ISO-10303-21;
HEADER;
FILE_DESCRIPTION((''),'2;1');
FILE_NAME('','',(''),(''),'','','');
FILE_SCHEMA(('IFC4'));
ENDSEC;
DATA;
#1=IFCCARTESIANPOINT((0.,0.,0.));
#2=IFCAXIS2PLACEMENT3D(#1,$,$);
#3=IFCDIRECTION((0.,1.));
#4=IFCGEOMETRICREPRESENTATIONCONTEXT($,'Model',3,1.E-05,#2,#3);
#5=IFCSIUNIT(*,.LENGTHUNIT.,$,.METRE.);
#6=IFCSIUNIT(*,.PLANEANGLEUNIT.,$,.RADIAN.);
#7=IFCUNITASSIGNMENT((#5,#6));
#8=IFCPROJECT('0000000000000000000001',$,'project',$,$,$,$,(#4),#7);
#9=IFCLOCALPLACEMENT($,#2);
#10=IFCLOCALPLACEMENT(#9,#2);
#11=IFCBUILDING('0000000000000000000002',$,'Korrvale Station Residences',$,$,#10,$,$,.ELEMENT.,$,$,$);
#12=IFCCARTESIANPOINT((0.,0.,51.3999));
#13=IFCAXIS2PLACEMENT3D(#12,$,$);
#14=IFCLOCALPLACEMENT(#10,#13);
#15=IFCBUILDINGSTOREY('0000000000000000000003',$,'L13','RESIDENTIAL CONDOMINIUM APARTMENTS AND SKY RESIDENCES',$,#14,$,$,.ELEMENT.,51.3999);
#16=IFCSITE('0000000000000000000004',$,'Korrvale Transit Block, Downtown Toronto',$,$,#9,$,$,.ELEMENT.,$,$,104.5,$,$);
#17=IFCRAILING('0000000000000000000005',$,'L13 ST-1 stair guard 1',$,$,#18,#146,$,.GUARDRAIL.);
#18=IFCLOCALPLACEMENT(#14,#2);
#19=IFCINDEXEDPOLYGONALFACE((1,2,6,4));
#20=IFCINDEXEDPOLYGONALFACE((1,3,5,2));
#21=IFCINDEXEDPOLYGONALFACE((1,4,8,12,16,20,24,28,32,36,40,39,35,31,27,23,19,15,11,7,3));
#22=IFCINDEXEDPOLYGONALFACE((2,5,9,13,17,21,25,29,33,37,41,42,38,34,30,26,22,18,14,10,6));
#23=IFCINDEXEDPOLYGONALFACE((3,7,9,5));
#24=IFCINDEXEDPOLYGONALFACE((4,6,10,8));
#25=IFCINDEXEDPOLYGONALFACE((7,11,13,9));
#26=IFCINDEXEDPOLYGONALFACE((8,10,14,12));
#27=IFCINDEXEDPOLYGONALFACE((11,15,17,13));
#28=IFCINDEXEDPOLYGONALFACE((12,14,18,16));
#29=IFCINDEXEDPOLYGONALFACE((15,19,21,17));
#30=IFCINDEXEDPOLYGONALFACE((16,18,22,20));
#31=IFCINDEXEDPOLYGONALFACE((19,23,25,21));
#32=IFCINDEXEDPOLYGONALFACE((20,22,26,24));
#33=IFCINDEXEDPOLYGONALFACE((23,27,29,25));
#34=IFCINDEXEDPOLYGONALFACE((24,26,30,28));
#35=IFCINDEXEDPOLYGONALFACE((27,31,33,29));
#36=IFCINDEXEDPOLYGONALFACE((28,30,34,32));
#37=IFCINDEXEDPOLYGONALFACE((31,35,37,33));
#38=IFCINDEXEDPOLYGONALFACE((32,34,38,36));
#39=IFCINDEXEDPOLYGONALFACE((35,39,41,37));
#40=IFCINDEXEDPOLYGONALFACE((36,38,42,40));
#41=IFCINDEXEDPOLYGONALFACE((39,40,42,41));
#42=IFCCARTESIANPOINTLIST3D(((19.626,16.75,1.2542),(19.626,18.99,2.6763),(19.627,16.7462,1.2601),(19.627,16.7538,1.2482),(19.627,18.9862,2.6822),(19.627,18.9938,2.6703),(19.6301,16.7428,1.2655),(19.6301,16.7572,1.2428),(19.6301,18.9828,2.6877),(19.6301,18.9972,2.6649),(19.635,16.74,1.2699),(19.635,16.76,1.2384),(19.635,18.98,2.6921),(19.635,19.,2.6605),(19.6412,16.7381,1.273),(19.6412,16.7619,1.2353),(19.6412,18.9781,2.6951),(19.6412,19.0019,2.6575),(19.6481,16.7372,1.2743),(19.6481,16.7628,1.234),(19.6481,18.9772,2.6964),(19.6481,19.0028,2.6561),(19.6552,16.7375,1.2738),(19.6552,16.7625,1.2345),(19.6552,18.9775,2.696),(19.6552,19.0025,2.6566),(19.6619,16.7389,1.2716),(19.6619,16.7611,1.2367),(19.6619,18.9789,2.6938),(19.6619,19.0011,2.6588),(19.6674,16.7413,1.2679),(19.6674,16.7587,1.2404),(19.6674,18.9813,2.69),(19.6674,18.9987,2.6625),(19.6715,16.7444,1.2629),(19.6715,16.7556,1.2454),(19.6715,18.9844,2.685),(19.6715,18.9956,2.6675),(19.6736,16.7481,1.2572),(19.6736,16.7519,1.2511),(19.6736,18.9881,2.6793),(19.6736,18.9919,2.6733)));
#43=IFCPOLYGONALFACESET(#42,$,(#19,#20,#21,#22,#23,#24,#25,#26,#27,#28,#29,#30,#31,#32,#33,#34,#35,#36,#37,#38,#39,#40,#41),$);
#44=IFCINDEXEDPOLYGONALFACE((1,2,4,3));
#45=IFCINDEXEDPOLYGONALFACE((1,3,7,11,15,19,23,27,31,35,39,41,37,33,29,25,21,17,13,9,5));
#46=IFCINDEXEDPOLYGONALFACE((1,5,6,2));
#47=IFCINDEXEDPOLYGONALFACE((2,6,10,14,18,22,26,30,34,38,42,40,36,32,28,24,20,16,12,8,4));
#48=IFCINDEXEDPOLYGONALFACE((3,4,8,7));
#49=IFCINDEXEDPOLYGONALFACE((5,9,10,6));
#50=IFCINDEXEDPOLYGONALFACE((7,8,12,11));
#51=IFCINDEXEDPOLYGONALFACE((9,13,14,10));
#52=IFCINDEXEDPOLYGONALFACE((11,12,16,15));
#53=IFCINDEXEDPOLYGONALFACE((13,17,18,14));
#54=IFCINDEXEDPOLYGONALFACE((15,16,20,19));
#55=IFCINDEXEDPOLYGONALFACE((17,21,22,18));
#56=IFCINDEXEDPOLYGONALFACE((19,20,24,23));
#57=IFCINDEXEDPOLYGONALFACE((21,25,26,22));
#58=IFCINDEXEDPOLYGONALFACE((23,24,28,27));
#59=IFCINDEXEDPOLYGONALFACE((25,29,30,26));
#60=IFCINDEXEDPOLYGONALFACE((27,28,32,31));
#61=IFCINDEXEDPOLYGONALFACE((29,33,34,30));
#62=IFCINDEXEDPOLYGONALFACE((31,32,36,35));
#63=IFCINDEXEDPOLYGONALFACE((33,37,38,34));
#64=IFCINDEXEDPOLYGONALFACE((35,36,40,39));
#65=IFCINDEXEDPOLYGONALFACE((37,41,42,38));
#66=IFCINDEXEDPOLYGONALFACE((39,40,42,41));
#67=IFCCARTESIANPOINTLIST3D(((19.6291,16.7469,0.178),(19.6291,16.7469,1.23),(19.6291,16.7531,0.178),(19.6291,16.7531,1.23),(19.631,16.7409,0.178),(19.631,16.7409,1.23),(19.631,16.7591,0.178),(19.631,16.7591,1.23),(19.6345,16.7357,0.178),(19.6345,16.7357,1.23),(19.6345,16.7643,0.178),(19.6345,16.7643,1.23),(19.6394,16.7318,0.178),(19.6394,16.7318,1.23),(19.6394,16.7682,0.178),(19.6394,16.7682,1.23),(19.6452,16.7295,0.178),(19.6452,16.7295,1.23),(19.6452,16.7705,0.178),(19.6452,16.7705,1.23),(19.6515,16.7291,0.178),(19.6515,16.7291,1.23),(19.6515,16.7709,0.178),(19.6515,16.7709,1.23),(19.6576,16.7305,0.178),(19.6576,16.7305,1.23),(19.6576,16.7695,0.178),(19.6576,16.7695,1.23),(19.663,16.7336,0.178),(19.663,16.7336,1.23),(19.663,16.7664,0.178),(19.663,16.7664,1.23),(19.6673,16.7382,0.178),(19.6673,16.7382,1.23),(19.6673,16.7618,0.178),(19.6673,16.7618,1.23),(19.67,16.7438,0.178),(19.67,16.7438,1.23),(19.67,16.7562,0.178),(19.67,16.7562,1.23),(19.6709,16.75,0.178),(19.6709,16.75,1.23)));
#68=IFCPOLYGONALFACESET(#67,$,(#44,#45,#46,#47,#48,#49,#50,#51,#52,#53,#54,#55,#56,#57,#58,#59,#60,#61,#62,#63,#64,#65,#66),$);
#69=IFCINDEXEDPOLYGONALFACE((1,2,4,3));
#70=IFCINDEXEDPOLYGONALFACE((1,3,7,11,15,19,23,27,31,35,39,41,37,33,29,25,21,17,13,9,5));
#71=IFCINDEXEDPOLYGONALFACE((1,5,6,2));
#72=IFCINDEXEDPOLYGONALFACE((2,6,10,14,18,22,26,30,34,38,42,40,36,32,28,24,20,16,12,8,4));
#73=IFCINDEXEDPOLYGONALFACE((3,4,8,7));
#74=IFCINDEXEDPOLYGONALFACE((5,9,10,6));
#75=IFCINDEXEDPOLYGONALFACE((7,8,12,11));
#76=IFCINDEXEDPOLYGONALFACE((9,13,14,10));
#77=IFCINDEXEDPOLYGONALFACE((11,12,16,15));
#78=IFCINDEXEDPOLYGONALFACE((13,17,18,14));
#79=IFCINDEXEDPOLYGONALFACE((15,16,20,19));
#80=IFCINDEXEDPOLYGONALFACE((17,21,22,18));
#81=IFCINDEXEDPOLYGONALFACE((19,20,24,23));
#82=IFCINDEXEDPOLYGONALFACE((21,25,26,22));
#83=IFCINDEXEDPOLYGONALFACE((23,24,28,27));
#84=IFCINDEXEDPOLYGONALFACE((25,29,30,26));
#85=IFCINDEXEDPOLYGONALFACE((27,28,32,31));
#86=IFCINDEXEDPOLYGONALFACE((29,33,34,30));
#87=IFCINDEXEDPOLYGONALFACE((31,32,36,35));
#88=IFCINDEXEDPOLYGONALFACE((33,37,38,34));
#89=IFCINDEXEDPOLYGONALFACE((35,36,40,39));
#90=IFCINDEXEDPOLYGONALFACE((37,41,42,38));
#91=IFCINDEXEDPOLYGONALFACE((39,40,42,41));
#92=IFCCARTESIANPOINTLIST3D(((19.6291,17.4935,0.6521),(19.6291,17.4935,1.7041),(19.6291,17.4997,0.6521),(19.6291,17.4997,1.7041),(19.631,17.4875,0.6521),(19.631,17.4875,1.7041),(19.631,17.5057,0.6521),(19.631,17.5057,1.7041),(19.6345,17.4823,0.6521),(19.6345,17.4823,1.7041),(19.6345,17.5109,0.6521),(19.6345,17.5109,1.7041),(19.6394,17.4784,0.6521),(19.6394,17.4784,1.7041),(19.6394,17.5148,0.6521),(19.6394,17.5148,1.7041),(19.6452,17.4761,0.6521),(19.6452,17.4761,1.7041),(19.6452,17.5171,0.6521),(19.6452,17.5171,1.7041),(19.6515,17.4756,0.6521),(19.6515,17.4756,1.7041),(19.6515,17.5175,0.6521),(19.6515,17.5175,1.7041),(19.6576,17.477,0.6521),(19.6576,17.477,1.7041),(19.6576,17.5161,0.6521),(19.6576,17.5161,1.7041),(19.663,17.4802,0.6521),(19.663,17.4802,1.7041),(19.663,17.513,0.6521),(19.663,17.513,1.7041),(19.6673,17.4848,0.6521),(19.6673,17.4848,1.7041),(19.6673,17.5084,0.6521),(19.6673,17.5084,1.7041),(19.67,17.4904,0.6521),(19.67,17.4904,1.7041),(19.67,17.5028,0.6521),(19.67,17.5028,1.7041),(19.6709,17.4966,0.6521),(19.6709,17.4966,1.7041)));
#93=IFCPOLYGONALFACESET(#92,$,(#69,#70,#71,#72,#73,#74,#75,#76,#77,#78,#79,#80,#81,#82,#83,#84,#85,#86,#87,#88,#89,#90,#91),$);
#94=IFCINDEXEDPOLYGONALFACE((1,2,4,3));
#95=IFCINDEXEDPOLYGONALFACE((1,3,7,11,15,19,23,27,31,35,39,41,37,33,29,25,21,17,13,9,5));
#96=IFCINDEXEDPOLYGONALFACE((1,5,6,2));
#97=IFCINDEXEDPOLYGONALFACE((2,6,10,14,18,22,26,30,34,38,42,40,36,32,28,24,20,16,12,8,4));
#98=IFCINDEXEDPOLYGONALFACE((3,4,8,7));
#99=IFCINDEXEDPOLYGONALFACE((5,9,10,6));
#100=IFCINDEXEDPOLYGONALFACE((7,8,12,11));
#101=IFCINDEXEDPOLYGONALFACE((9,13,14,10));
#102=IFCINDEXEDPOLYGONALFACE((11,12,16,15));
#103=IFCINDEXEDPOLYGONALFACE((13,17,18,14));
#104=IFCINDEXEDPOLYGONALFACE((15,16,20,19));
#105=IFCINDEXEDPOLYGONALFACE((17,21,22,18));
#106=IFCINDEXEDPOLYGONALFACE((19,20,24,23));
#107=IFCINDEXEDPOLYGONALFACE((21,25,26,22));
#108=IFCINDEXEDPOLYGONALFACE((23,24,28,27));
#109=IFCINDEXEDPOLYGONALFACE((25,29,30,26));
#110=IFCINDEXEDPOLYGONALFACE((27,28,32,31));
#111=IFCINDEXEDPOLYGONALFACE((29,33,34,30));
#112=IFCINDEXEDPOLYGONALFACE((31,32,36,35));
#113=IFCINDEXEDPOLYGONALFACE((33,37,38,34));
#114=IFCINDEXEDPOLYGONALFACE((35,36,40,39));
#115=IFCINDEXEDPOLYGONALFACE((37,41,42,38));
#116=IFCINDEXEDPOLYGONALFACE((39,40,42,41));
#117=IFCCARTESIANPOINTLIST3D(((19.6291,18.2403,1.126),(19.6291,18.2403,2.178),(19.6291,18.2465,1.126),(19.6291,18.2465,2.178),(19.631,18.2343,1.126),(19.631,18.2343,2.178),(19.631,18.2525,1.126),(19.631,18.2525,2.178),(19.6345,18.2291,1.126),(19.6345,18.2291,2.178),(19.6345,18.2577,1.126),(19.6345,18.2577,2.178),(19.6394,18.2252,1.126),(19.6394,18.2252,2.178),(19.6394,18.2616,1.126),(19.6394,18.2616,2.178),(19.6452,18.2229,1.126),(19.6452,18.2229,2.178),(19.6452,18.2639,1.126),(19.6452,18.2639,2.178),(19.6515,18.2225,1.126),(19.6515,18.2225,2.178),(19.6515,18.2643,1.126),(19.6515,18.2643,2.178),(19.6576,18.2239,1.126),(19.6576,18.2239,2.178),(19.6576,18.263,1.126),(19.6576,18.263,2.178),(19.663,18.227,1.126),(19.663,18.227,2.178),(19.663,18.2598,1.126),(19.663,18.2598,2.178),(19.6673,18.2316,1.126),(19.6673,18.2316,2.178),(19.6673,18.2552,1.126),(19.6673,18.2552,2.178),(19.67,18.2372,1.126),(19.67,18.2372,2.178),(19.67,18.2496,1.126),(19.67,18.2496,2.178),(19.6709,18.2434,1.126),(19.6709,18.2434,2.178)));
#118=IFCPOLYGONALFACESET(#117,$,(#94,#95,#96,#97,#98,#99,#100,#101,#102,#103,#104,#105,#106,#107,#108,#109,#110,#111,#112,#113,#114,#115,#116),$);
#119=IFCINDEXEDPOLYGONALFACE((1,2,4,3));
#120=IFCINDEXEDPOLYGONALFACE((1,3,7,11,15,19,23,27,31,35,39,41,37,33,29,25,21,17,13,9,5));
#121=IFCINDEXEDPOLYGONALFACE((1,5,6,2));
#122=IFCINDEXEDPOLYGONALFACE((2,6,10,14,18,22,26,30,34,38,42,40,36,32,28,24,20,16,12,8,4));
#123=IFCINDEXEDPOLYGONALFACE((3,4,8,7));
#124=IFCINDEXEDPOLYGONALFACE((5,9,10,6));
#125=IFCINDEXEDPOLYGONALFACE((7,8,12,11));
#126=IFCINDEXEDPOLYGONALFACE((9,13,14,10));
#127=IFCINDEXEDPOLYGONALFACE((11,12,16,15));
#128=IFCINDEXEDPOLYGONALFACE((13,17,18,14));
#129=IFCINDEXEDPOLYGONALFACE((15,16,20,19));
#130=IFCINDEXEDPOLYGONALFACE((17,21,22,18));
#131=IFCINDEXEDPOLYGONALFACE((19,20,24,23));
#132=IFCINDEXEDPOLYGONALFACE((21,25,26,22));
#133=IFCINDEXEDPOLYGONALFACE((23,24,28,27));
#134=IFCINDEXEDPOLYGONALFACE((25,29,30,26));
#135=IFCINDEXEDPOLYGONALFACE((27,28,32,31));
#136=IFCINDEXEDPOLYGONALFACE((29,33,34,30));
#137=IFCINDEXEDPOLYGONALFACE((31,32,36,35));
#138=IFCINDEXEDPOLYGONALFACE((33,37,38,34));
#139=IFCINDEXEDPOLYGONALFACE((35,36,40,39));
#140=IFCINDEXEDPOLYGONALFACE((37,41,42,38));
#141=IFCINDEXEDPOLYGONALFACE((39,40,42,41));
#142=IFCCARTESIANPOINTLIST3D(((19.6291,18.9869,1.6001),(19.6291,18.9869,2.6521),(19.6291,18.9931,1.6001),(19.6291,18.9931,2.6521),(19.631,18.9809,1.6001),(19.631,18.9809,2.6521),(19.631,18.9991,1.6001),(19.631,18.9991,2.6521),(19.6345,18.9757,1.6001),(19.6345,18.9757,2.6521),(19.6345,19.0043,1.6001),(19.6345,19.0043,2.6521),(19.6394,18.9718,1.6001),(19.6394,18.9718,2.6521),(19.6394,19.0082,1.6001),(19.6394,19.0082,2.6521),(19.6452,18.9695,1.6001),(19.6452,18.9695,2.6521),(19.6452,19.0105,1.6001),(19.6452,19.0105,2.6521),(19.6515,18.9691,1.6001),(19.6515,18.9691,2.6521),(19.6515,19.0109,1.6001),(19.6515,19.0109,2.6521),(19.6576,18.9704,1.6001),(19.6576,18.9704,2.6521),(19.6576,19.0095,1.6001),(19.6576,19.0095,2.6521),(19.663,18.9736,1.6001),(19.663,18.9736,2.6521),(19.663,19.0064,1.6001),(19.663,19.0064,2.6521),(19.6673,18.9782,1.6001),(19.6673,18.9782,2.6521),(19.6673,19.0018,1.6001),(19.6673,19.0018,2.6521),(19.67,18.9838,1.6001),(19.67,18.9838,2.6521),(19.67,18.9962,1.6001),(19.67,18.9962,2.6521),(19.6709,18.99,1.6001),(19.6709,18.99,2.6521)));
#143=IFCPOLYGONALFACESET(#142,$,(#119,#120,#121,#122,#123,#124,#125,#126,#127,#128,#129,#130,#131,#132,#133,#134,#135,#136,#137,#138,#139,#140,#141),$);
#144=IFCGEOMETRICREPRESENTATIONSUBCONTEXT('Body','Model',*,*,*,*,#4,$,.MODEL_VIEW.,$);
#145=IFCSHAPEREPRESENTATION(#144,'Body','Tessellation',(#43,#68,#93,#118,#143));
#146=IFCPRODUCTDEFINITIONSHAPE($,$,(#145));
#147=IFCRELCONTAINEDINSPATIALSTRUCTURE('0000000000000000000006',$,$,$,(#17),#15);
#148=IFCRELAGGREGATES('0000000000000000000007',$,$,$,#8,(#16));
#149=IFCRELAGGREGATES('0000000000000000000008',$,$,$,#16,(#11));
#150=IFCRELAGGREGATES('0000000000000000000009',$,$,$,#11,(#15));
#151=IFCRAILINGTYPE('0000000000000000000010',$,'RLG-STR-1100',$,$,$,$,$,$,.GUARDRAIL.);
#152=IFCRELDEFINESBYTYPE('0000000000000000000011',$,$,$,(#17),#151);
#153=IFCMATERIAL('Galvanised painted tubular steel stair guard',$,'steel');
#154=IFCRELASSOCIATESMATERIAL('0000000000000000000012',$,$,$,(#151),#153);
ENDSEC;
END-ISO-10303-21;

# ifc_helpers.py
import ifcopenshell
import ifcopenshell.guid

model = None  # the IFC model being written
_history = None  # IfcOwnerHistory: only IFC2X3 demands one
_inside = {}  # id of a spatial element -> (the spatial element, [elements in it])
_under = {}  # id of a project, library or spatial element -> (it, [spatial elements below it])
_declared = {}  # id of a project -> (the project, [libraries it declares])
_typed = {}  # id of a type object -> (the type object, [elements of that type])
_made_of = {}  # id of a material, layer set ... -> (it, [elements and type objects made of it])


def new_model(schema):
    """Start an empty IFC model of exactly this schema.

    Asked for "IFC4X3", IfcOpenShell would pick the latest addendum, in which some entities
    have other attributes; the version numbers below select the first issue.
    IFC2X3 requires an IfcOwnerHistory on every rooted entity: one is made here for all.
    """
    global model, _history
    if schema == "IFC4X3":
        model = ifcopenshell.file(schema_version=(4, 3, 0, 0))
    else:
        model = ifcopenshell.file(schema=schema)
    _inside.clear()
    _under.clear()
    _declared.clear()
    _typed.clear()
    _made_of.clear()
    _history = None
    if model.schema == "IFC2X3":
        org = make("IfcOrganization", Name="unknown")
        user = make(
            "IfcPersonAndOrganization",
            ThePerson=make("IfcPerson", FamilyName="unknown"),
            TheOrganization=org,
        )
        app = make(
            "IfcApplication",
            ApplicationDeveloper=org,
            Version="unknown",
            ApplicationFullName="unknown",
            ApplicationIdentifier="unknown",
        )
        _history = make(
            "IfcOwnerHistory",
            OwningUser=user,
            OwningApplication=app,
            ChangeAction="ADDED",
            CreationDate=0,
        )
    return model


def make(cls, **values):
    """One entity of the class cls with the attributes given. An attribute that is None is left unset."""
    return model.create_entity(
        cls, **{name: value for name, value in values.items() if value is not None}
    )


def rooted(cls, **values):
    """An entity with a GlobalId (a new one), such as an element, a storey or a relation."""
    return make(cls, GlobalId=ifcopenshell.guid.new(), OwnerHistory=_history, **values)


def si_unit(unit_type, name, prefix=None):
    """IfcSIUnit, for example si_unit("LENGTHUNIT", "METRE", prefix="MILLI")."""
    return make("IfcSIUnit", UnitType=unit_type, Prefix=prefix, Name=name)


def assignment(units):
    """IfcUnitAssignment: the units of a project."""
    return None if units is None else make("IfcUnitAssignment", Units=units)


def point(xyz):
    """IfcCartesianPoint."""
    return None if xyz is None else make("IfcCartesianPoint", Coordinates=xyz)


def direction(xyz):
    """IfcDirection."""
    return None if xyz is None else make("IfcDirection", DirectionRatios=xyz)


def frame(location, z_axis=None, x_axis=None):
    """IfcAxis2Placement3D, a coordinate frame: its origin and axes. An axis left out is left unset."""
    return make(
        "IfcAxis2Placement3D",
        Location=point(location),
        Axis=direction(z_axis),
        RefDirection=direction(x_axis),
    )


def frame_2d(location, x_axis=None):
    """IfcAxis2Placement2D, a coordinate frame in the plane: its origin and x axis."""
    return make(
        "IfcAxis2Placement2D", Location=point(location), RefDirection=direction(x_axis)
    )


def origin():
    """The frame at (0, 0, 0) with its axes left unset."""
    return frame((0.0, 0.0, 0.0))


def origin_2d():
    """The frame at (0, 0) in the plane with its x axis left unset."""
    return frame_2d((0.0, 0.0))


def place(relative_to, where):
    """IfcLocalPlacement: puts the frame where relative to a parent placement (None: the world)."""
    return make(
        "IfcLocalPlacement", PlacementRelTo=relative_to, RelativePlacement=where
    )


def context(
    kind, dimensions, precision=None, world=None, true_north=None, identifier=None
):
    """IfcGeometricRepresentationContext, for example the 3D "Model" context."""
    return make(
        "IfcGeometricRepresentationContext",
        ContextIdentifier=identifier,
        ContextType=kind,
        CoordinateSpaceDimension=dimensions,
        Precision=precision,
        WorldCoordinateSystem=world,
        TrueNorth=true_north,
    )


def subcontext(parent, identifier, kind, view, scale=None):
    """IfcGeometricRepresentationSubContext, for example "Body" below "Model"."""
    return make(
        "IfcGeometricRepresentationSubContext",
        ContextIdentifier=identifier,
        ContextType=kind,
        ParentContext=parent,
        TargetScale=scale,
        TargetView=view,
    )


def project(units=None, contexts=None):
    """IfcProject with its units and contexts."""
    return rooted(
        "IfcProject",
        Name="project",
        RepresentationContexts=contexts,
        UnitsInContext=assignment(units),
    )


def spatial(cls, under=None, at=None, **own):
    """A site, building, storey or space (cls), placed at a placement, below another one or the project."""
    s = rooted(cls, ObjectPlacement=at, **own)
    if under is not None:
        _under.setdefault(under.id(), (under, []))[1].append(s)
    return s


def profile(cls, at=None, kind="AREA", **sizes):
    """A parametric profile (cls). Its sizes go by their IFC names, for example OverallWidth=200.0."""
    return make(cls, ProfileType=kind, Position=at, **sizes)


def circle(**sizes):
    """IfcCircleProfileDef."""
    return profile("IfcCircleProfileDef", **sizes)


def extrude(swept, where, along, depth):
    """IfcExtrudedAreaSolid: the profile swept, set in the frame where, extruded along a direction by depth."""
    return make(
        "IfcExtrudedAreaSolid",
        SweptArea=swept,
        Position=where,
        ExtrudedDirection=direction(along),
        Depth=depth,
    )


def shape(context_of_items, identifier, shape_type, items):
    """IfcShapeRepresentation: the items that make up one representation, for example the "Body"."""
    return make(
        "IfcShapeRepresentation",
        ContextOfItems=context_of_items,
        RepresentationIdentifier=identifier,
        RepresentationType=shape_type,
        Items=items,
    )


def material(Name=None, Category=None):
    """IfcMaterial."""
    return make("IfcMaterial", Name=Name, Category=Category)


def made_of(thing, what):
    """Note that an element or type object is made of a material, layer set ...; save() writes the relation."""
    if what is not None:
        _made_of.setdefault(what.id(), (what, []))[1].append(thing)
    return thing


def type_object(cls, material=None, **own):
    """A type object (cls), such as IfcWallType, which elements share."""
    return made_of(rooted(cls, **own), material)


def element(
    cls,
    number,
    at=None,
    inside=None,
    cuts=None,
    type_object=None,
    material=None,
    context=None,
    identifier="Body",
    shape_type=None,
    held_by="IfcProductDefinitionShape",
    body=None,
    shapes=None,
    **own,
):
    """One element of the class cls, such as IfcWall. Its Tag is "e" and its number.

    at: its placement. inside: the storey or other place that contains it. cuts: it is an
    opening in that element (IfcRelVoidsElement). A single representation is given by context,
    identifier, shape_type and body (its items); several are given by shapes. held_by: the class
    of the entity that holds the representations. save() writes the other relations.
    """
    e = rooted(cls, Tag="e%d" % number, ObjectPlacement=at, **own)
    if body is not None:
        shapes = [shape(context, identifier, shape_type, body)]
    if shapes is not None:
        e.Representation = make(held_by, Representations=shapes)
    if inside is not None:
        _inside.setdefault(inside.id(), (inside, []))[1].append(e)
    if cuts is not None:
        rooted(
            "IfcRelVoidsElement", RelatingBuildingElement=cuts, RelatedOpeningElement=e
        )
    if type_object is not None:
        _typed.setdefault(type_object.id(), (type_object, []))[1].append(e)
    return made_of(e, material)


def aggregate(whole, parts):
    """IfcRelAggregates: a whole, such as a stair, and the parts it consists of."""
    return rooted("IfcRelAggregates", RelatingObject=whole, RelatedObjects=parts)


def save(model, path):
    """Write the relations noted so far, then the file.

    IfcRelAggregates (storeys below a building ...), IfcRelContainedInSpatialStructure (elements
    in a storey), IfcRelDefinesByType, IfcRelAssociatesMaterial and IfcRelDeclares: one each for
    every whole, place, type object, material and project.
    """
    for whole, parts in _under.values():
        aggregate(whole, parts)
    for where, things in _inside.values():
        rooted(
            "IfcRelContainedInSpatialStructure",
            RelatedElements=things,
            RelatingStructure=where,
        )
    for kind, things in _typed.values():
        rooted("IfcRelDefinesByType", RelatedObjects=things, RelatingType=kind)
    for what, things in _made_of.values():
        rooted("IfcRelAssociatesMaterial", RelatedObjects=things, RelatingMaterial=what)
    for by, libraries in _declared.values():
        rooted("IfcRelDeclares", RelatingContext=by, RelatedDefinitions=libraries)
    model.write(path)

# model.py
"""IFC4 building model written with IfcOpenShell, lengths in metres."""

from ifc_helpers import new_model, si_unit, direction, frame, origin, origin_2d, place, context, subcontext, project, spatial, circle, extrude, material, type_object, element, save


model = new_model("IFC4")

# Units and contexts
model_context = context("Model", 3, precision=1e-05, world=origin(), true_north=direction((0.0, 1.0)))
body_context = subcontext(model_context, "Body", "Model", "MODEL_VIEW")
ifc_project = project(units=[si_unit("LENGTHUNIT", "METRE"), si_unit("PLANEANGLEUNIT", "RADIAN")], contexts=[model_context])

# Site, building, storey
site_placement = place(None, origin())
site = spatial("IfcSite", under=ifc_project, at=site_placement, Name="Korrvale Transit Block, Downtown Toronto", CompositionType="ELEMENT", RefElevation=104.5)
building_placement = place(site_placement, origin())
building = spatial("IfcBuilding", under=site, at=building_placement, Name="Korrvale Station Residences", CompositionType="ELEMENT")
storey_placement = place(building_placement, frame((0.0, 0.0, 51.3999)))
storey = spatial("IfcBuildingStorey", under=building, at=storey_placement, Name="L13", Description="RESIDENTIAL CONDOMINIUM APARTMENTS AND SKY RESIDENCES", CompositionType="ELEMENT", Elevation=51.3999)

# Railing
ifc_material_1 = material(Name="Galvanised painted tubular steel stair guard", Category="steel")
railing_type_1 = type_object("IfcRailingType", Name="RLG-STR-1100", PredefinedType="GUARDRAIL", material=ifc_material_1)
railing_1_placement = place(storey_placement, frame((19.6499, 16.75, 0.178)))
element("IfcRailing", 1, at=railing_1_placement, inside=storey, type_object=railing_type_1, Name="L13 ST-1 stair guard 1", PredefinedType="GUARDRAIL", context=body_context, shape_type="SweptSolid", body=[
    extrude(circle(Radius=0.0239, at=origin_2d()), frame((0.0, 0.0, 1.0762), z_axis=(0.0, 0.844229, 0.535982), x_axis=(-1.0, 0.0, 0.0)), (0.0, 0.0, 1.0), 2.6533),
    extrude(circle(Radius=0.021, at=origin_2d()), origin(), (0.0, 0.0, 1.0), 1.052),
    extrude(circle(Radius=0.021, at=origin_2d()), frame((0.0, 0.7466, 0.4741)), (0.0, 0.0, 1.0), 1.052),
    extrude(circle(Radius=0.021, at=origin_2d()), frame((0.0, 1.4934, 0.948)), (0.0, 0.0, 1.0), 1.052),
    extrude(circle(Radius=0.021, at=origin_2d()), frame((0.0, 2.24, 1.4221)), (0.0, 0.0, 1.0), 1.052),
])

save(model, "model.ifc")
